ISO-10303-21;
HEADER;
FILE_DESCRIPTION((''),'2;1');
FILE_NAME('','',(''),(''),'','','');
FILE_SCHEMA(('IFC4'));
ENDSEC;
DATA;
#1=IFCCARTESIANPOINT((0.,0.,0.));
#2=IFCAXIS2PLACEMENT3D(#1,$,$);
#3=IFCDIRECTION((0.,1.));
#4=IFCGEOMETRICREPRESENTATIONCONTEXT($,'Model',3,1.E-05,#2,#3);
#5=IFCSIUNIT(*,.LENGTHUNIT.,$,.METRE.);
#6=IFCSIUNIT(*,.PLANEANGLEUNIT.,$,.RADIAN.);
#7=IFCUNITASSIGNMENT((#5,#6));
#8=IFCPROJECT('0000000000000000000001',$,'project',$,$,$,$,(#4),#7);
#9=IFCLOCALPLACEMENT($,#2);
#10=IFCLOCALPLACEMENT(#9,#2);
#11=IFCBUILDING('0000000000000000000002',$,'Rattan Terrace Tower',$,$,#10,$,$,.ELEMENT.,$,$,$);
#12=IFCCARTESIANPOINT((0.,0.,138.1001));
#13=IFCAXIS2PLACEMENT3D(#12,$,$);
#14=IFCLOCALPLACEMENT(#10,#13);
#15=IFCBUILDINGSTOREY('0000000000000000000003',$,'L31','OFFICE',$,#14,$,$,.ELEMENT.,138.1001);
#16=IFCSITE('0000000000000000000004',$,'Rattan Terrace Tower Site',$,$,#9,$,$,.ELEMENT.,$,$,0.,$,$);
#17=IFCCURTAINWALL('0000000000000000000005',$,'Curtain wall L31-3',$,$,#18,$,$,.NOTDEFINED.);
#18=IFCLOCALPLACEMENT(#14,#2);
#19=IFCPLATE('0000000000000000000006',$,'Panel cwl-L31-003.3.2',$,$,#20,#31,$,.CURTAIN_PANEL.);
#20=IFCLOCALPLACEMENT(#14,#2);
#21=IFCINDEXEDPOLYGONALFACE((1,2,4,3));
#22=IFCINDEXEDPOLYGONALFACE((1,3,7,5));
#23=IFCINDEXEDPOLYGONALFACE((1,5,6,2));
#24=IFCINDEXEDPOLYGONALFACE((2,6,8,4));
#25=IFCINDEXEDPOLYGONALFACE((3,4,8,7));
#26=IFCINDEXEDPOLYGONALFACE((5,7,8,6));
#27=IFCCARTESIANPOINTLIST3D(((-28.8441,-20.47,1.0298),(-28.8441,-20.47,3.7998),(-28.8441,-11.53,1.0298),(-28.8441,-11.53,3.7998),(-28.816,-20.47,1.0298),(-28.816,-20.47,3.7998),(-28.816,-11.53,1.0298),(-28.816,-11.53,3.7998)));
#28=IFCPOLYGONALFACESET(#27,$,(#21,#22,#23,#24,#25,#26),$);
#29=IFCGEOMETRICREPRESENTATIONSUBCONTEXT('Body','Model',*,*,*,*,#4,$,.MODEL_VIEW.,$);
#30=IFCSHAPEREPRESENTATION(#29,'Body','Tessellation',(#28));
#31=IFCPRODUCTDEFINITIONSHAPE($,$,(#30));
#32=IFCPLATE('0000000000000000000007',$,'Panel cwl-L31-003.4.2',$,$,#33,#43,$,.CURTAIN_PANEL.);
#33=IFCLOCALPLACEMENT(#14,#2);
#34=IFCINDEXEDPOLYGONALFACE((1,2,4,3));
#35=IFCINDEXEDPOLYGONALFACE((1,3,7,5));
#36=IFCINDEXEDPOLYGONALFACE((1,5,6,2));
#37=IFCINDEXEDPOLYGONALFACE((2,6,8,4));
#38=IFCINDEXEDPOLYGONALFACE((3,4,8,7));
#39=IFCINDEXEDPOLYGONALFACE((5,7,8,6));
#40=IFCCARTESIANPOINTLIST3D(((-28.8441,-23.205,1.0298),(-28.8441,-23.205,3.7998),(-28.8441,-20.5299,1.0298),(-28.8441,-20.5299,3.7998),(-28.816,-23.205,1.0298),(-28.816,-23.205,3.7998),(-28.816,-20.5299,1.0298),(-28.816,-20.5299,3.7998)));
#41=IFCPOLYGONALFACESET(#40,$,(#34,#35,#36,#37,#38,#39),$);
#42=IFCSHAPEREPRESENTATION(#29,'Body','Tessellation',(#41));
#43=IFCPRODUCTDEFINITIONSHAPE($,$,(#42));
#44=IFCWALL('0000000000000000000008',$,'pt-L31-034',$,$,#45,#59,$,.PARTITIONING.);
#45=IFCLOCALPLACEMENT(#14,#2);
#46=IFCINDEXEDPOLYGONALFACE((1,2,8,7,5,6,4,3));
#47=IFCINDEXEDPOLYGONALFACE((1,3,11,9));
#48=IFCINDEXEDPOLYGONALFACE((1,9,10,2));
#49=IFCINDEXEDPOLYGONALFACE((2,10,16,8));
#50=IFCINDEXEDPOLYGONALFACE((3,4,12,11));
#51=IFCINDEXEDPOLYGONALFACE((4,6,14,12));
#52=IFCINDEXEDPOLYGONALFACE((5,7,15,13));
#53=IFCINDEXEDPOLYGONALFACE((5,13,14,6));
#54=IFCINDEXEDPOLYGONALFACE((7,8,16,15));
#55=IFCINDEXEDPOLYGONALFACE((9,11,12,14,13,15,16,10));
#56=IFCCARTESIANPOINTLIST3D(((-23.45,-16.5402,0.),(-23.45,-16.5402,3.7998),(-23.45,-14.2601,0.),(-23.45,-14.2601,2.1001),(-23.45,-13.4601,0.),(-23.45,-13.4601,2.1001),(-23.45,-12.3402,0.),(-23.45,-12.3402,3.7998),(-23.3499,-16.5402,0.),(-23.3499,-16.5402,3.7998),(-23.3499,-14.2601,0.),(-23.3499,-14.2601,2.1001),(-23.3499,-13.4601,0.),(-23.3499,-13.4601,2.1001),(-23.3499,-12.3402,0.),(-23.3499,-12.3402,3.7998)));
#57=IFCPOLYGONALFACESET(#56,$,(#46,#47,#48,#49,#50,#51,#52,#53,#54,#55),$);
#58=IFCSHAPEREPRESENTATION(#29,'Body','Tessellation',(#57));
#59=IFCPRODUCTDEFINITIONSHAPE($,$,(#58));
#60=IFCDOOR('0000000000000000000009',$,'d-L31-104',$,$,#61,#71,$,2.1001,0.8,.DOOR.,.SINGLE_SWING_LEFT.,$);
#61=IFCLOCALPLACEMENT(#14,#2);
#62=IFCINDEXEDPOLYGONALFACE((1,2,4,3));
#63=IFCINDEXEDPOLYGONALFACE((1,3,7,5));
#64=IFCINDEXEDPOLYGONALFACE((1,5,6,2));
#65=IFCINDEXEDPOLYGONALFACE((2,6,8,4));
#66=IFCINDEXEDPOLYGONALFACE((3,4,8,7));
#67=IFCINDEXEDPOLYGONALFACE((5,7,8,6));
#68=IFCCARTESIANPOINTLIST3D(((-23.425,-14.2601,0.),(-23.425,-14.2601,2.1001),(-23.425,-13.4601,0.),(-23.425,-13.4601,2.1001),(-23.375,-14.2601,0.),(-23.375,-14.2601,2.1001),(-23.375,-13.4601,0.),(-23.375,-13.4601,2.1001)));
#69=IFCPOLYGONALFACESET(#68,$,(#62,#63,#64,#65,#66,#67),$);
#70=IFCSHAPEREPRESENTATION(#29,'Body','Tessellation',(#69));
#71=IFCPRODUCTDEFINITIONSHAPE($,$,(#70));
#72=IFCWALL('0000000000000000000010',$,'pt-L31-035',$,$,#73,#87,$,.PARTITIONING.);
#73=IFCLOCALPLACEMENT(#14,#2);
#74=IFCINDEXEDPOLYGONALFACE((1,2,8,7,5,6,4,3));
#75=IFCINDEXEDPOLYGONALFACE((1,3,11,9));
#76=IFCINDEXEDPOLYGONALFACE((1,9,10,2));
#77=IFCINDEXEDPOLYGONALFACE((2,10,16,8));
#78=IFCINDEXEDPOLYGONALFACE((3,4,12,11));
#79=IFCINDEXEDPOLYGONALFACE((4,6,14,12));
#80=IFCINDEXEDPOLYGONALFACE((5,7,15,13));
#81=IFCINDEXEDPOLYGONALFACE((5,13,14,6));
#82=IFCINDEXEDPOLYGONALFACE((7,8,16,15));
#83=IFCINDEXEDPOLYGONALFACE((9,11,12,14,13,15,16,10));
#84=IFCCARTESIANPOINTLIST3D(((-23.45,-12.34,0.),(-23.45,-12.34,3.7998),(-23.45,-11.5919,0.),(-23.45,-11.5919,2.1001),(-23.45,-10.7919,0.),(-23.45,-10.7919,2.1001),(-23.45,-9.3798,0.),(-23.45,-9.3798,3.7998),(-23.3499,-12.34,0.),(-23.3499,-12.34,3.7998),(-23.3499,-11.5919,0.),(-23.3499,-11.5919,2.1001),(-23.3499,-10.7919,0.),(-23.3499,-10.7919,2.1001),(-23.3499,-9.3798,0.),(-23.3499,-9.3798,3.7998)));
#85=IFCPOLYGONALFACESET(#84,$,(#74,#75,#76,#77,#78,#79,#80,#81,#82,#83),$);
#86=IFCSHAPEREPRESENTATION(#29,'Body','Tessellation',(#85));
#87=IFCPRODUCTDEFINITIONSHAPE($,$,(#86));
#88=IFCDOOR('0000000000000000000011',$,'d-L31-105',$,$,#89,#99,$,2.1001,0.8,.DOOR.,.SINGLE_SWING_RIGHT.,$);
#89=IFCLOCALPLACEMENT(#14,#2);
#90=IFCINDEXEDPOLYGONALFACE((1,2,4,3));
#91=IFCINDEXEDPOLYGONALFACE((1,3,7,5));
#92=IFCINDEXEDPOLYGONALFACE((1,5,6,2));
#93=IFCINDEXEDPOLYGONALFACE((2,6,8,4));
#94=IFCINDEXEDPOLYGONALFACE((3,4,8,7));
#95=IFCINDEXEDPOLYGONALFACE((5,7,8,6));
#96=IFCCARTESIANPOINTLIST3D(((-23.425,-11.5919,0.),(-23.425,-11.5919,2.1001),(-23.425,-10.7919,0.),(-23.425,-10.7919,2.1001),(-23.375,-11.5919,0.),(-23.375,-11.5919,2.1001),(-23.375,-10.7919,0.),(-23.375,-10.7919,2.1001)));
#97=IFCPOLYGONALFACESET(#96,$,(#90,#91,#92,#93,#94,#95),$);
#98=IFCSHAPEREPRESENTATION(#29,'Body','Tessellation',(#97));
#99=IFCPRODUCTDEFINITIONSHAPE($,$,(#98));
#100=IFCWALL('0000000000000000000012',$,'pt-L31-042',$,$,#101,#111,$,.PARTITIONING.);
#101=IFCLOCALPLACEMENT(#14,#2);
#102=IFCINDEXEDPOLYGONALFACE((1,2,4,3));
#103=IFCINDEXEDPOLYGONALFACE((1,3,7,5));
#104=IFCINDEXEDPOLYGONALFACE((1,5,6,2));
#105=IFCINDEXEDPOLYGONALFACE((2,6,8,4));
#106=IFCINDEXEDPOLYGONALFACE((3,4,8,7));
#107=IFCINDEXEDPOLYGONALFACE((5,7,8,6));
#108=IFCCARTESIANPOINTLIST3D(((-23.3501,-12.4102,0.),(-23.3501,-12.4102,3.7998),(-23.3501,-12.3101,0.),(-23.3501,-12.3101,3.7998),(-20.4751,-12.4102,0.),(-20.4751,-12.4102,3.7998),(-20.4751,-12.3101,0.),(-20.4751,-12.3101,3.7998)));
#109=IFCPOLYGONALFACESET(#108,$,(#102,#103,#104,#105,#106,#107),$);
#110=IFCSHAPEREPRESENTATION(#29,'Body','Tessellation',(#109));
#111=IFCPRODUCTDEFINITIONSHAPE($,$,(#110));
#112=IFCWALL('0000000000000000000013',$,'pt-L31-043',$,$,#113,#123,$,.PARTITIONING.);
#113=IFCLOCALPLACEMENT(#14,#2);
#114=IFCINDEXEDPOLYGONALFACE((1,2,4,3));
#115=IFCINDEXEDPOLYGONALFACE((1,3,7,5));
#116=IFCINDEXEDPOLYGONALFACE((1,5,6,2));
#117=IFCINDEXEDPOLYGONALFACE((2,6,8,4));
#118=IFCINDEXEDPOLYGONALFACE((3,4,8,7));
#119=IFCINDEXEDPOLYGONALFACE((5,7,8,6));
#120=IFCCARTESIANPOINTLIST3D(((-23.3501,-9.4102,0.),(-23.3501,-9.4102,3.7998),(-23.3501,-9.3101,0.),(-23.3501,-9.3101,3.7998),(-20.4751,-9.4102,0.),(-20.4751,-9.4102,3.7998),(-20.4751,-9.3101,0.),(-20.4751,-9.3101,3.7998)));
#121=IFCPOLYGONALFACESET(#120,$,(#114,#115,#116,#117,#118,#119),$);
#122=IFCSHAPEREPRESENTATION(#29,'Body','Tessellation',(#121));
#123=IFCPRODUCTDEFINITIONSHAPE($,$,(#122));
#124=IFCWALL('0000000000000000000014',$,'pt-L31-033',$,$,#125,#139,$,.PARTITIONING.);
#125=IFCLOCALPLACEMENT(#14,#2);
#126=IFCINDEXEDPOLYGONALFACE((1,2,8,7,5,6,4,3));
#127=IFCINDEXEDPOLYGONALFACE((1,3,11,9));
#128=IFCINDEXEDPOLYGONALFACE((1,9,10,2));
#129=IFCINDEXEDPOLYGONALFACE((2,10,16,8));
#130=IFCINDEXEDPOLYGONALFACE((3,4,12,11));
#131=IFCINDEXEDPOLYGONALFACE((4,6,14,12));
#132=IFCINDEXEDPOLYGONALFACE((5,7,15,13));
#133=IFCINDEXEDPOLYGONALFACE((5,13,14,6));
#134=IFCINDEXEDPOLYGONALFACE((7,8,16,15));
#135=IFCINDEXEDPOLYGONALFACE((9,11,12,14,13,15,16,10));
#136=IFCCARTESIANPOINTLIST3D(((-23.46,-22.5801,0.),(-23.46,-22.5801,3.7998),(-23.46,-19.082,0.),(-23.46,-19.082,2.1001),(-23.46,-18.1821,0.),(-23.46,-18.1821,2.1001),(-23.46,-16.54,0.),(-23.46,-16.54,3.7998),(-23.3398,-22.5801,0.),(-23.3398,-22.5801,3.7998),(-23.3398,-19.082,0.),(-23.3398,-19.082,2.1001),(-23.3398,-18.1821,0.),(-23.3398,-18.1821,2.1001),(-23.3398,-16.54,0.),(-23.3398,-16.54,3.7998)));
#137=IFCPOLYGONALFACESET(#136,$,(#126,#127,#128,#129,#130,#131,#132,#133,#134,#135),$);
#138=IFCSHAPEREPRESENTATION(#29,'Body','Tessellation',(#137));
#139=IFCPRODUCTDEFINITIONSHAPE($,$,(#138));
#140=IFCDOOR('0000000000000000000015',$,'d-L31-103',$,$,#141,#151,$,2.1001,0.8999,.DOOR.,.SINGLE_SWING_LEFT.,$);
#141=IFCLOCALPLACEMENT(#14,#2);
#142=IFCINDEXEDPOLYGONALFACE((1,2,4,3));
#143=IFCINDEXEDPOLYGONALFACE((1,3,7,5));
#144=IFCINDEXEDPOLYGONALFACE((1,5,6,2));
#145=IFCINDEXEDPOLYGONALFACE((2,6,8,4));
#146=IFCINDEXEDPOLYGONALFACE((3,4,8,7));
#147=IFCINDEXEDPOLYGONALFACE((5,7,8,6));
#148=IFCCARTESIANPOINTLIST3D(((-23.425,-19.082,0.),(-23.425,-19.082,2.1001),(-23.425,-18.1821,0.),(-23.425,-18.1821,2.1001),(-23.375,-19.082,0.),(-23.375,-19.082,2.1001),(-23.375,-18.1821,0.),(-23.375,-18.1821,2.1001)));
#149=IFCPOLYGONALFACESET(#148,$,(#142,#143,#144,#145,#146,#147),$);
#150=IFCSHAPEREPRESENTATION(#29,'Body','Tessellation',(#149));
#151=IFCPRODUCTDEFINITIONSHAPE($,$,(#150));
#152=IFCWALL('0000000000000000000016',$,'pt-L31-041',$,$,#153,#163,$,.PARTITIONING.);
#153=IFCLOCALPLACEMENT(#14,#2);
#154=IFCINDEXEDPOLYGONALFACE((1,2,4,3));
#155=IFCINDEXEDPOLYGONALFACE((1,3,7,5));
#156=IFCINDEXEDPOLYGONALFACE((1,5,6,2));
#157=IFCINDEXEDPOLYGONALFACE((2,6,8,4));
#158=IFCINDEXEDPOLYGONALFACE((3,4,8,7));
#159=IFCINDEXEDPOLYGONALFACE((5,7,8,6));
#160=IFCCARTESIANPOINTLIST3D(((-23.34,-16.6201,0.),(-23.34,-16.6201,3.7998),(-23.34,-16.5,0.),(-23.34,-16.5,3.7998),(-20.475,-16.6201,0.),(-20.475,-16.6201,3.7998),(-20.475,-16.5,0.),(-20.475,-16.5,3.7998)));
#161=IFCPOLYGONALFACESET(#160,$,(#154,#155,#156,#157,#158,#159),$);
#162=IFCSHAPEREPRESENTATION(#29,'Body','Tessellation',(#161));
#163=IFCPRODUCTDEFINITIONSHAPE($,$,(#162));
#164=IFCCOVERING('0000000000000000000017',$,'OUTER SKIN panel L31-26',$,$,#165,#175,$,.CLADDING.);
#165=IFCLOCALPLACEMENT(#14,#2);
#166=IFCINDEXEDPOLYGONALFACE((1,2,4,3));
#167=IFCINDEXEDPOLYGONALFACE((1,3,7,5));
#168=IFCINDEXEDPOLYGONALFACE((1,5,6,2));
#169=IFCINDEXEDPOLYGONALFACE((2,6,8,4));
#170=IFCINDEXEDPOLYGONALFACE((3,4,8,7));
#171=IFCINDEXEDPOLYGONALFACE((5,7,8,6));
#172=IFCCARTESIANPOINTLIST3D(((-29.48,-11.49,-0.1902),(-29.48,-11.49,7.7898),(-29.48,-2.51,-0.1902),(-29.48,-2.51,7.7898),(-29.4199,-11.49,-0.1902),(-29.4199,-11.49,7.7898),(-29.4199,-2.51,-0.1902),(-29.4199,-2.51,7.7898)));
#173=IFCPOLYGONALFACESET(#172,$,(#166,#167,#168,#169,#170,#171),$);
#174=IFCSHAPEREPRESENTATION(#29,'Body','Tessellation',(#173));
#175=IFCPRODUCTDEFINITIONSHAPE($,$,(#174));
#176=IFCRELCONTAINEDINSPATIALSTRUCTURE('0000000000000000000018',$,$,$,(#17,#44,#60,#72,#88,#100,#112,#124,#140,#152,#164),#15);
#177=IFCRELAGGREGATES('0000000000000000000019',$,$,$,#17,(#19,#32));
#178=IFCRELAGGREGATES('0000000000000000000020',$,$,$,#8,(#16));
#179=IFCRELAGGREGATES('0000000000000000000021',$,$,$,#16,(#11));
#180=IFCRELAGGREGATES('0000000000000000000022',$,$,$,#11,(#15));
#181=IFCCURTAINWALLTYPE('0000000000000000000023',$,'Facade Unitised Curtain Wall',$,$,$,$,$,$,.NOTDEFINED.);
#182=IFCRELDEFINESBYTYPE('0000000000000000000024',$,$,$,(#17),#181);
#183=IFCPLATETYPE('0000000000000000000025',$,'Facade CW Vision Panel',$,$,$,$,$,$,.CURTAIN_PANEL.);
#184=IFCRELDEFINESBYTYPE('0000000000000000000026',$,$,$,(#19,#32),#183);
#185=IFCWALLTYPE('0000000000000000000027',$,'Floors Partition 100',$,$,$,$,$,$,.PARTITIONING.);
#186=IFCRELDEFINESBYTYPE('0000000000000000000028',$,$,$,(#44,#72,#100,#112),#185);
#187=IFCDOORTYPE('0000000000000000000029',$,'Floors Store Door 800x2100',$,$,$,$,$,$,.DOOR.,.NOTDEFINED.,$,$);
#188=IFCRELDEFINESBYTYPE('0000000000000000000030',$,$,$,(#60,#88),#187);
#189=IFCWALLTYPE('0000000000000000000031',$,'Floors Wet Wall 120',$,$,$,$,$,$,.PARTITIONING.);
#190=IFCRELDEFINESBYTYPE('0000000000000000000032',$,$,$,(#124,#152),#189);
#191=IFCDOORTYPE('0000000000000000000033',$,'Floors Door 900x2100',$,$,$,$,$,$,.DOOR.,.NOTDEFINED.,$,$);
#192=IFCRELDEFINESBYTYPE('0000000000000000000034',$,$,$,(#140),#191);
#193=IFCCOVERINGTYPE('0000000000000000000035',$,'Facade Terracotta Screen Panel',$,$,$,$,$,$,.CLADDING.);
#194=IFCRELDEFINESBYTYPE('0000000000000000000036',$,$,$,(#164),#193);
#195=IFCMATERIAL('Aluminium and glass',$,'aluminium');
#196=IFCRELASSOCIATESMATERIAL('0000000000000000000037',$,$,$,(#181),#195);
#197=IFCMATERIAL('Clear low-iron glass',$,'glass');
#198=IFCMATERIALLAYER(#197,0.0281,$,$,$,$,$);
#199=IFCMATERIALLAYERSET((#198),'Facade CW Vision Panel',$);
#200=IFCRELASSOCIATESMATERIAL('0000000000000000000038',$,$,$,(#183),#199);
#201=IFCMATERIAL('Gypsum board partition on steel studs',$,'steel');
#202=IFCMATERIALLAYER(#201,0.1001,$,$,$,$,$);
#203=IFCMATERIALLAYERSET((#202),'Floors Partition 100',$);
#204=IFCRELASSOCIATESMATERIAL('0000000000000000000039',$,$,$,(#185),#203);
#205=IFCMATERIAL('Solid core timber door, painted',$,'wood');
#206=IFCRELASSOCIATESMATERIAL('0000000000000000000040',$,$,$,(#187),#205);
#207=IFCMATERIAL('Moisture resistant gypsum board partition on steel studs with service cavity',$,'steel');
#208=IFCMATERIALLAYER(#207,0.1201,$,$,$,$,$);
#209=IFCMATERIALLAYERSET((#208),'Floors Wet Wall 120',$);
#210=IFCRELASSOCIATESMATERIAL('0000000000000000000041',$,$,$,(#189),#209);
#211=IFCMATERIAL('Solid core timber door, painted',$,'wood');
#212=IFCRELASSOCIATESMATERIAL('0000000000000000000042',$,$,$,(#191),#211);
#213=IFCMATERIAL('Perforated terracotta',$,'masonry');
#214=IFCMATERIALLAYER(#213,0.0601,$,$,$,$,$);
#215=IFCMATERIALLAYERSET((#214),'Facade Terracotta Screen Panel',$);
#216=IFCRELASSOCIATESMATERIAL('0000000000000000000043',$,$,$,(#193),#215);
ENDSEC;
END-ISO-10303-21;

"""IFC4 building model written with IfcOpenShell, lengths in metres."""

from ifc_helpers import new_model, si_unit, direction, frame, frame_2d, origin, origin_2d, place, context, subcontext, project, spatial, rectangle, extrude, material, layer, layer_set, type_object, element, fill, aggregate, save


model = new_model("IFC4")

# Units and contexts
model_context = context("Model", 3, precision=1e-05, world=origin(), true_north=direction((0.0, 1.0)))
body_context = subcontext(model_context, "Body", "Model", "MODEL_VIEW")
ifc_project = project(units=[si_unit("LENGTHUNIT", "METRE"), si_unit("PLANEANGLEUNIT", "RADIAN")], contexts=[model_context])

# Site, building, storey
site_placement = place(None, origin())
site = spatial("IfcSite", under=ifc_project, at=site_placement, Name="Rattan Terrace Tower Site", CompositionType="ELEMENT", RefElevation=0.0)
building_placement = place(site_placement, origin())
building = spatial("IfcBuilding", under=site, at=building_placement, Name="Rattan Terrace Tower", CompositionType="ELEMENT")
storey_placement = place(building_placement, frame((0.0, 0.0, 138.1001)))
storey = spatial("IfcBuildingStorey", under=building, at=storey_placement, Name="L31", Description="OFFICE", CompositionType="ELEMENT", Elevation=138.1001)

# Curtain wall
ifc_material_1 = material(Name="Aluminium and glass", Category="aluminium")
curtain_wall_type = type_object("IfcCurtainWallType", Name="Facade Unitised Curtain Wall", PredefinedType="NOTDEFINED", material=ifc_material_1)
curtain_wall_placement = place(storey_placement, origin())
curtain_wall = element("IfcCurtainWall", 1, at=curtain_wall_placement, inside=storey, type_object=curtain_wall_type, Name="Curtain wall L31-3", PredefinedType="NOTDEFINED")

# Plates
ifc_material_2 = material(Name="Clear low-iron glass", Category="glass")
ifc_layer_1 = layer(ifc_material_2, 0.0281)
ifc_layer_set_1 = layer_set([ifc_layer_1], Name="Facade CW Vision Panel")
plate_type_1 = type_object("IfcPlateType", Name="Facade CW Vision Panel", PredefinedType="CURTAIN_PANEL", material=ifc_layer_set_1)
plate_1_placement = place(storey_placement, frame((-28.8301, -16.0, 1.0298), z_axis=(0.0, 0.0, 1.0), x_axis=(0.0, -1.0, 0.0)))
plate_1 = element("IfcPlate", 2, at=plate_1_placement, type_object=plate_type_1, Name="Panel cwl-L31-003.3.2", PredefinedType="CURTAIN_PANEL", context=body_context, shape_type="SweptSolid", body=[
    extrude(rectangle(XDim=8.9399, YDim=0.0281, at=origin_2d()), origin(), (0.0, 0.0, 1.0), 2.77),
])
plate_2_placement = place(storey_placement, frame((-28.8301, -21.8674, 1.0298), z_axis=(0.0, 0.0, 1.0), x_axis=(0.0, -1.0, 0.0)))
plate_2 = element("IfcPlate", 3, at=plate_2_placement, type_object=plate_type_1, Name="Panel cwl-L31-003.4.2", PredefinedType="CURTAIN_PANEL", context=body_context, shape_type="SweptSolid", body=[
    extrude(rectangle(XDim=2.675, YDim=0.0281, at=origin_2d()), origin(), (0.0, 0.0, 1.0), 2.77),
])
aggregate(curtain_wall, [plate_1, plate_2])

# Walls, openings, doors
ifc_material_3 = material(Name="Gypsum board partition on steel studs", Category="steel")
ifc_layer_2 = layer(ifc_material_3, 0.1001)
ifc_layer_set_2 = layer_set([ifc_layer_2], Name="Floors Partition 100")
wall_type_1 = type_object("IfcWallType", Name="Floors Partition 100", PredefinedType="PARTITIONING", material=ifc_layer_set_2)
wall_1_placement = place(storey_placement, frame((-23.3999, -12.3401, 0.0), z_axis=(0.0, 0.0, 1.0), x_axis=(0.0, -1.0, 0.0)))
wall_1 = element("IfcWall", 4, at=wall_1_placement, inside=storey, type_object=wall_type_1, Name="pt-L31-034", PredefinedType="PARTITIONING", context=body_context, shape_type="SweptSolid", body=[
    extrude(rectangle(XDim=4.2, YDim=0.1001, at=frame_2d((2.1001, 0.0))), origin(), (0.0, 0.0, 1.0), 3.7998),
])
opening_1_placement = place(wall_1_placement, frame((1.1201, 0.0, 0.0)))
opening_1 = element("IfcOpeningElement", 5, at=opening_1_placement, cuts=wall_1, PredefinedType="OPENING", context=body_context, shape_type="SweptSolid", body=[
    extrude(rectangle(XDim=0.8, YDim=2.1001, at=frame_2d((0.3999, 1.05))), frame((0.0, 0.0605, 0.0), z_axis=(0.0, -1.0, 0.0), x_axis=(1.0, 0.0, 0.0)), (0.0, 0.0, 1.0), 0.1211),
])
ifc_material_4 = material(Name="Solid core timber door, painted", Category="wood")
door_type_1 = type_object("IfcDoorType", Name="Floors Store Door 800x2100", OperationType="NOTDEFINED", PredefinedType="DOOR", material=ifc_material_4)
door_1_placement = place(opening_1_placement, origin())
door_1 = element("IfcDoor", 6, at=door_1_placement, inside=storey, type_object=door_type_1, Name="d-L31-104", OperationType="SINGLE_SWING_LEFT", OverallHeight=2.1001, OverallWidth=0.8, PredefinedType="DOOR", context=body_context, shape_type="SweptSolid", body=[
    extrude(rectangle(XDim=0.8, YDim=2.1001, at=frame_2d((0.3999, 1.05))), frame((0.0, 0.0249, 0.0), z_axis=(0.0, -1.0, 0.0), x_axis=(1.0, 0.0, 0.0)), (0.0, 0.0, 1.0), 0.05),
])
fill(opening_1, door_1)
wall_2_placement = place(storey_placement, frame((-23.3999, -9.3799, 0.0), z_axis=(0.0, 0.0, 1.0), x_axis=(0.0, -1.0, 0.0)))
wall_2 = element("IfcWall", 7, at=wall_2_placement, inside=storey, type_object=wall_type_1, Name="pt-L31-035", PredefinedType="PARTITIONING", context=body_context, shape_type="SweptSolid", body=[
    extrude(rectangle(XDim=2.9602, YDim=0.1001, at=frame_2d((1.48, 0.0))), origin(), (0.0, 0.0, 1.0), 3.7998),
])
opening_2_placement = place(wall_2_placement, frame((1.4121, 0.0, 0.0)))
opening_2 = element("IfcOpeningElement", 8, at=opening_2_placement, cuts=wall_2, PredefinedType="OPENING", context=body_context, shape_type="SweptSolid", body=[
    extrude(rectangle(XDim=0.8, YDim=2.1001, at=frame_2d((0.3999, 1.05))), frame((0.0, 0.0605, 0.0), z_axis=(0.0, -1.0, 0.0), x_axis=(1.0, 0.0, 0.0)), (0.0, 0.0, 1.0), 0.1211),
])
door_2_placement = place(opening_2_placement, origin())
door_2 = element("IfcDoor", 9, at=door_2_placement, inside=storey, type_object=door_type_1, Name="d-L31-105", OperationType="SINGLE_SWING_RIGHT", OverallHeight=2.1001, OverallWidth=0.8, PredefinedType="DOOR", context=body_context, shape_type="SweptSolid", body=[
    extrude(rectangle(XDim=0.8, YDim=2.1001, at=frame_2d((0.3999, 1.05))), frame((0.0, 0.0249, 0.0), z_axis=(0.0, -1.0, 0.0), x_axis=(1.0, 0.0, 0.0)), (0.0, 0.0, 1.0), 0.05),
])
fill(opening_2, door_2)

# Walls
for number, where, z_axis, x_axis, name in (
    (10, (-23.3501, -12.3601, 0.0), (0.0, 0.0, 1.0), (1.0, 0.0, 0.0), "pt-L31-042"),
    (11, (-23.3501, -9.3601, 0.0), (0.0, 0.0, 1.0), (1.0, 0.0, 0.0), "pt-L31-043"),
):
    element("IfcWall", number, at=place(storey_placement, frame(where, z_axis=z_axis, x_axis=x_axis)), inside=storey, type_object=wall_type_1, Name=name, PredefinedType="PARTITIONING", context=body_context, shape_type="SweptSolid", body=[
        extrude(rectangle(XDim=2.875, YDim=0.1001, at=frame_2d((1.4375, 0.0))), origin(), (0.0, 0.0, 1.0), 3.7998),
    ])

# Wall, opening, door
ifc_material_5 = material(Name="Moisture resistant gypsum board partition on steel studs with service cavity", Category="steel")
ifc_layer_3 = layer(ifc_material_5, 0.1201)
ifc_layer_set_3 = layer_set([ifc_layer_3], Name="Floors Wet Wall 120")
wall_type_2 = type_object("IfcWallType", Name="Floors Wet Wall 120", PredefinedType="PARTITIONING", material=ifc_layer_set_3)
wall_3_placement = place(storey_placement, frame((-23.3999, -16.54, 0.0), z_axis=(0.0, 0.0, 1.0), x_axis=(0.0, -1.0, 0.0)))
wall_3 = element("IfcWall", 12, at=wall_3_placement, inside=storey, type_object=wall_type_2, Name="pt-L31-033", PredefinedType="PARTITIONING", context=body_context, shape_type="SweptSolid", body=[
    extrude(rectangle(XDim=6.04, YDim=0.1201, at=frame_2d((3.02, 0.0))), origin(), (0.0, 0.0, 1.0), 3.7998),
])
opening_3_placement = place(wall_3_placement, frame((1.6421, 0.0, 0.0)))
opening_3 = element("IfcOpeningElement", 13, at=opening_3_placement, cuts=wall_3, PredefinedType="OPENING", context=body_context, shape_type="SweptSolid", body=[
    extrude(rectangle(XDim=0.8999, YDim=2.1001, at=frame_2d((0.45, 1.05))), frame((0.0, 0.0706, 0.0), z_axis=(0.0, -1.0, 0.0), x_axis=(1.0, 0.0, 0.0)), (0.0, 0.0, 1.0), 0.1411),
])
ifc_material_6 = material(Name="Solid core timber door, painted", Category="wood")
door_type_2 = type_object("IfcDoorType", Name="Floors Door 900x2100", OperationType="NOTDEFINED", PredefinedType="DOOR", material=ifc_material_6)
door_3_placement = place(opening_3_placement, origin())
door_3 = element("IfcDoor", 14, at=door_3_placement, inside=storey, type_object=door_type_2, Name="d-L31-103", OperationType="SINGLE_SWING_LEFT", OverallHeight=2.1001, OverallWidth=0.8999, PredefinedType="DOOR", context=body_context, shape_type="SweptSolid", body=[
    extrude(rectangle(XDim=0.8999, YDim=2.1001, at=frame_2d((0.45, 1.05))), frame((0.0, 0.0249, 0.0), z_axis=(0.0, -1.0, 0.0), x_axis=(1.0, 0.0, 0.0)), (0.0, 0.0, 1.0), 0.05),
])
fill(opening_3, door_3)

# Wall
wall_4_placement = place(storey_placement, frame((-23.3401, -16.5601, 0.0), z_axis=(0.0, 0.0, 1.0), x_axis=(1.0, 0.0, 0.0)))
element("IfcWall", 15, at=wall_4_placement, inside=storey, type_object=wall_type_2, Name="pt-L31-041", PredefinedType="PARTITIONING", context=body_context, shape_type="SweptSolid", body=[
    extrude(rectangle(XDim=2.865, YDim=0.1201, at=frame_2d((1.4326, 0.0))), origin(), (0.0, 0.0, 1.0), 3.7998),
])

# Covering
ifc_material_7 = material(Name="Perforated terracotta", Category="masonry")
ifc_layer_4 = layer(ifc_material_7, 0.0601)
ifc_layer_set_4 = layer_set([ifc_layer_4], Name="Facade Terracotta Screen Panel")
covering_type = type_object("IfcCoveringType", Name="Facade Terracotta Screen Panel", PredefinedType="CLADDING", material=ifc_layer_set_4)
for number, where, z_axis, x_axis, name in (
    (16, (-29.45, -7.0, -0.1902), (0.0, 0.0, 1.0), (0.0, -1.0, 0.0), "OUTER SKIN panel L31-26"),
):
    element("IfcCovering", number, at=place(storey_placement, frame(where, z_axis=z_axis, x_axis=x_axis)), inside=storey, type_object=covering_type, Name=name, PredefinedType="CLADDING", context=body_context, shape_type="SweptSolid", body=[
        extrude(rectangle(XDim=8.98, YDim=0.0601, at=origin_2d()), origin(), (0.0, 0.0, 1.0), 7.98),
    ])

save(model, "model.ifc")
